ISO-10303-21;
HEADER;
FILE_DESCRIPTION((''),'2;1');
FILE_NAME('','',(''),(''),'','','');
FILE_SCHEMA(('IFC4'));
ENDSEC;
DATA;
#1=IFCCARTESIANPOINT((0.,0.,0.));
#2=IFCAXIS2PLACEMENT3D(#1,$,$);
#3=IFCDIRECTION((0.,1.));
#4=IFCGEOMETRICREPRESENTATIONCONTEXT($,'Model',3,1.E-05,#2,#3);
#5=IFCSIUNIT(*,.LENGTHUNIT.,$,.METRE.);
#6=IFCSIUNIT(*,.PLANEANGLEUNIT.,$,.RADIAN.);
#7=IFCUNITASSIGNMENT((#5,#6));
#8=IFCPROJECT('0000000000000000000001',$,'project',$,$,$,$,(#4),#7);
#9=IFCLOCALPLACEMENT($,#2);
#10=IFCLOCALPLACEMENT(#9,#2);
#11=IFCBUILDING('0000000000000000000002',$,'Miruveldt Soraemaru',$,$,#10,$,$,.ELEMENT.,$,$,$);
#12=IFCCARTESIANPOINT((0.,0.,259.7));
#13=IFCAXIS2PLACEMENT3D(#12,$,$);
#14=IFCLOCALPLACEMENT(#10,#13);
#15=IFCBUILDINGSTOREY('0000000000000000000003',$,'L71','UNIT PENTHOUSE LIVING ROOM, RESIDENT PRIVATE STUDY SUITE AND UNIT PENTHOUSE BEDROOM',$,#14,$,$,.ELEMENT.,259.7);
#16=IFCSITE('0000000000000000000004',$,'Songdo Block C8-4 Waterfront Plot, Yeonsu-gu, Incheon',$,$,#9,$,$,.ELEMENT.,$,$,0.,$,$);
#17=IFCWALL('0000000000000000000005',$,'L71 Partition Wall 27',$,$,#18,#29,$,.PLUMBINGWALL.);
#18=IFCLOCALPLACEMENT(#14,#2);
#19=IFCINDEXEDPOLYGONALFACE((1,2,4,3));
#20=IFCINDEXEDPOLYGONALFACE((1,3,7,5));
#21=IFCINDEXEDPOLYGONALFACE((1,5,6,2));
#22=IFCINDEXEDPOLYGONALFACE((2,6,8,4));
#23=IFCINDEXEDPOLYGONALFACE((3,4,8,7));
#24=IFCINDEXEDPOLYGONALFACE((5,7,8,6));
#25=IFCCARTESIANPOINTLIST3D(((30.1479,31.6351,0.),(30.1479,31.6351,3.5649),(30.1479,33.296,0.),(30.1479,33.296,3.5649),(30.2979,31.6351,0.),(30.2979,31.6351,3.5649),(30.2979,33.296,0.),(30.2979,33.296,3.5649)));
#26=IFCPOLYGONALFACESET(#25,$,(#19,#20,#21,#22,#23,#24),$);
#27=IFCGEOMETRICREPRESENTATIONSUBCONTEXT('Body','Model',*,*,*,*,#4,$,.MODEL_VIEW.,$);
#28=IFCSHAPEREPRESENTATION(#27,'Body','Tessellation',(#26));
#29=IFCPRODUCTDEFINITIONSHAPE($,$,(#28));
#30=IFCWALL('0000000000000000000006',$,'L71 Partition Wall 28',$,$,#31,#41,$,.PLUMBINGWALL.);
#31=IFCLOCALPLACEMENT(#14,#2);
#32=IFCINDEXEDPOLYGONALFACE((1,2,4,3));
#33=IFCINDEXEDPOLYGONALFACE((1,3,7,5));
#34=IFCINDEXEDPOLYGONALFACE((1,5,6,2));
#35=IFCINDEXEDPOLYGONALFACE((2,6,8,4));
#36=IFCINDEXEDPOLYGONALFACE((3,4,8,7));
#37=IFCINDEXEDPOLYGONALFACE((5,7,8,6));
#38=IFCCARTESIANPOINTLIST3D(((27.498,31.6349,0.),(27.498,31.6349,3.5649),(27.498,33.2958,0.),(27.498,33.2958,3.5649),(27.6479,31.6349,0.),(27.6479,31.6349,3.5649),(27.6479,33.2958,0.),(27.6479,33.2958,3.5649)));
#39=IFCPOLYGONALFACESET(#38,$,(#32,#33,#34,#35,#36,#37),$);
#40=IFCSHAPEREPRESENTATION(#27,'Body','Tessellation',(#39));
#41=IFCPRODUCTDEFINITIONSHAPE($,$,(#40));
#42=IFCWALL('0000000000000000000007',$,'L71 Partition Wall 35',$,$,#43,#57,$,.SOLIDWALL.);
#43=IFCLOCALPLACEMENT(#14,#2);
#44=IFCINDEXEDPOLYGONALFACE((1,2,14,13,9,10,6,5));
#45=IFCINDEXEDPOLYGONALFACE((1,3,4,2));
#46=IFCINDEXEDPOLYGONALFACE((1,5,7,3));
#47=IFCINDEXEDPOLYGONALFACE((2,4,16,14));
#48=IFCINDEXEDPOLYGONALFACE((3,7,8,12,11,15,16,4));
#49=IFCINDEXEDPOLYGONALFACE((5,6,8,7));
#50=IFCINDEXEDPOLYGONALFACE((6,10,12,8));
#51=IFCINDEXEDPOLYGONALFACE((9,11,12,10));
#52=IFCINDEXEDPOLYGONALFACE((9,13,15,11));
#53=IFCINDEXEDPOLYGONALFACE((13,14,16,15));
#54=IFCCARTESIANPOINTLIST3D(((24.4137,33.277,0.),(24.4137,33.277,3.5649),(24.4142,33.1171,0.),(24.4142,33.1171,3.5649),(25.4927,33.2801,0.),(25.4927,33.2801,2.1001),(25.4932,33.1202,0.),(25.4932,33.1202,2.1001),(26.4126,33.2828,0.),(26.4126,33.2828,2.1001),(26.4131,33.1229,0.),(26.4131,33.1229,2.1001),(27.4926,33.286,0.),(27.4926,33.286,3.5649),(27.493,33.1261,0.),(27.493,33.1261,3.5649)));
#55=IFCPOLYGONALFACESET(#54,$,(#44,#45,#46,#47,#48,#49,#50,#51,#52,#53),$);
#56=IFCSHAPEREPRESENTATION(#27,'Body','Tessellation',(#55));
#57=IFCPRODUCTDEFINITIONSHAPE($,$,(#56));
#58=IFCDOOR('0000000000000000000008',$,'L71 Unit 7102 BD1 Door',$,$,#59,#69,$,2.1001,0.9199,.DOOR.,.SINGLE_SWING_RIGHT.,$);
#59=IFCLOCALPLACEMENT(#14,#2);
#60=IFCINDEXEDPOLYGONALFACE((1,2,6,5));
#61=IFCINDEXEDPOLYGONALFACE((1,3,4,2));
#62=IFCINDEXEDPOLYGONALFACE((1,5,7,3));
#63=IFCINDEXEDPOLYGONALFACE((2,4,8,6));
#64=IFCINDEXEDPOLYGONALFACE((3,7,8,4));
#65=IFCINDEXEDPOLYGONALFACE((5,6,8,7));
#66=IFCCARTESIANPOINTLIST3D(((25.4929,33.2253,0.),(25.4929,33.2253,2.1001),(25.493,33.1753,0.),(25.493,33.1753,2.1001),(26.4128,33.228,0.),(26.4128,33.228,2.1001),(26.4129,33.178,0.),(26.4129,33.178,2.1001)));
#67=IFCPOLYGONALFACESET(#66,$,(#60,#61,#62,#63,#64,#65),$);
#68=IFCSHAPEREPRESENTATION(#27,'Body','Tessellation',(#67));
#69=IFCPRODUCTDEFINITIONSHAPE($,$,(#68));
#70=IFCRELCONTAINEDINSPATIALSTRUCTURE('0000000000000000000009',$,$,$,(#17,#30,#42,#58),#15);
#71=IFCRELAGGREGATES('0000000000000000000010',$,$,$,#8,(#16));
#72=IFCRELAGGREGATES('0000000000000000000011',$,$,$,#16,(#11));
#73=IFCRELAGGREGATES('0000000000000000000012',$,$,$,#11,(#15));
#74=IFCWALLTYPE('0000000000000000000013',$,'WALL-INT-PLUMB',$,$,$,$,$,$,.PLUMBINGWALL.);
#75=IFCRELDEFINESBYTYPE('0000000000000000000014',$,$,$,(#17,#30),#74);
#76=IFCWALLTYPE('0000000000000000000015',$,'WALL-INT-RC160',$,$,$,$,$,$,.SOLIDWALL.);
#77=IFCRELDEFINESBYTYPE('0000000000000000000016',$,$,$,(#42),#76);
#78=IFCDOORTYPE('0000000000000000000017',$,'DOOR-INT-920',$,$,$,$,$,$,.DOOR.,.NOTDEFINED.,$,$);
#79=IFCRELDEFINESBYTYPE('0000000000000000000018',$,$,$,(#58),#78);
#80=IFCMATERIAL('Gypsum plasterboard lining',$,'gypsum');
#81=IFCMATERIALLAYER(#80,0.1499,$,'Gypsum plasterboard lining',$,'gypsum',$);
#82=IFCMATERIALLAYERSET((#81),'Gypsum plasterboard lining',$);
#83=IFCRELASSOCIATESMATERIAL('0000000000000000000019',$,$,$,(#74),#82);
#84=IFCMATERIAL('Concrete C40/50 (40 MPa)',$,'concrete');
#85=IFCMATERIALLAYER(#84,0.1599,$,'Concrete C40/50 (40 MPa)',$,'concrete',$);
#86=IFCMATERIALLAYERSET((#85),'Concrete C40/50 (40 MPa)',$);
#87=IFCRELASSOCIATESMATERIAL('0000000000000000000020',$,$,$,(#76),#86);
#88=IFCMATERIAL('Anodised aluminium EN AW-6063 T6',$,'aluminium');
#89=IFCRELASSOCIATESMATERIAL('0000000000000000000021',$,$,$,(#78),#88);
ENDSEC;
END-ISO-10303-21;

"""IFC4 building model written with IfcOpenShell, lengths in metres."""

from ifc_helpers import new_model, si_unit, direction, frame, frame_2d, origin, place, context, subcontext, project, spatial, rectangle, extrude, material, layer, layer_set, type_object, element, fill, save


model = new_model("IFC4")

# Units and contexts
model_context = context("Model", 3, precision=1e-05, world=origin(), true_north=direction((0.0, 1.0)))
body_context = subcontext(model_context, "Body", "Model", "MODEL_VIEW")
ifc_project = project(units=[si_unit("LENGTHUNIT", "METRE"), si_unit("PLANEANGLEUNIT", "RADIAN")], contexts=[model_context])

# Site, building, storey
site_placement = place(None, origin())
site = spatial("IfcSite", under=ifc_project, at=site_placement, Name="Songdo Block C8-4 Waterfront Plot, Yeonsu-gu, Incheon", CompositionType="ELEMENT", RefElevation=0.0)
building_placement = place(site_placement, origin())
building = spatial("IfcBuilding", under=site, at=building_placement, Name="Miruveldt Soraemaru", CompositionType="ELEMENT")
storey_placement = place(building_placement, frame((0.0, 0.0, 259.7)))
storey = spatial("IfcBuildingStorey", under=building, at=storey_placement, Name="L71", Description="UNIT PENTHOUSE LIVING ROOM, RESIDENT PRIVATE STUDY SUITE AND UNIT PENTHOUSE BEDROOM", CompositionType="ELEMENT", Elevation=259.7)

# Shared definitions
ifc_material_1 = material(Name="Concrete C40/50 (40 MPa)", Category="concrete")

# Shared definitions
ifc_material_2 = material(Name="Gypsum plasterboard lining", Category="gypsum")
ifc_layer_1 = layer(ifc_material_2, 0.1499, Name="Gypsum plasterboard lining", Category="gypsum")
ifc_layer_set_1 = layer_set([ifc_layer_1], Name="Gypsum plasterboard lining")
wall_type_1 = type_object("IfcWallType", Name="WALL-INT-PLUMB", PredefinedType="PLUMBINGWALL", material=ifc_layer_set_1)
ifc_material_3 = material(Name="Anodised aluminium EN AW-6063 T6", Category="aluminium")

# Walls
for number, where, z_axis, x_axis, name in (
    (1, (30.2229, 31.635, 0.0), (0.0, 0.0, 1.0), (0.0, 1.0, 0.0), "L71 Partition Wall 27"),
    (2, (27.573, 33.2959, 0.0), (0.0, 0.0, 1.0), (0.0, -1.0, 0.0), "L71 Partition Wall 28"),
):
    element("IfcWall", number, at=place(storey_placement, frame(where, z_axis=z_axis, x_axis=x_axis)), inside=storey, type_object=wall_type_1, Name=name, PredefinedType="PLUMBINGWALL", context=body_context, shape_type="SweptSolid", body=[
        extrude(rectangle(XDim=1.6609, YDim=0.1499, at=frame_2d((0.8306, 0.0))), origin(), (0.0, 0.0, 1.0), 3.5649),
    ])

# Wall, opening, door
ifc_layer_2 = layer(ifc_material_1, 0.1599, Name="Concrete C40/50 (40 MPa)", Category="concrete")
ifc_layer_set_2 = layer_set([ifc_layer_2], Name="Concrete C40/50 (40 MPa)")
wall_type_2 = type_object("IfcWallType", Name="WALL-INT-RC160", PredefinedType="SOLIDWALL", material=ifc_layer_set_2)
wall_1_placement = place(storey_placement, frame((27.4929, 33.2061, 0.0), z_axis=(0.0, 0.0, 1.0), x_axis=(-0.999996, -0.002934, 0.0)))
wall_1 = element("IfcWall", 3, at=wall_1_placement, inside=storey, type_object=wall_type_2, Name="L71 Partition Wall 35", PredefinedType="SOLIDWALL", context=body_context, shape_type="SweptSolid", body=[
    extrude(rectangle(XDim=3.0789, YDim=0.1599, at=frame_2d((1.5396, 0.0))), origin(), (0.0, 0.0, 1.0), 3.5649),
])
opening_1_placement = place(wall_1_placement, frame((1.0801, 0.0, 0.0)))
opening_1 = element("IfcOpeningElement", 4, at=opening_1_placement, cuts=wall_1, PredefinedType="OPENING", context=body_context, shape_type="SweptSolid", body=[
    extrude(rectangle(XDim=0.9199, YDim=2.1001, at=frame_2d((0.46, 1.05))), frame((0.0, 0.0898, 0.0), z_axis=(0.0, -1.0, 0.0), x_axis=(1.0, 0.0, 0.0)), (0.0, 0.0, 1.0), 0.1799),
])
door_type_1 = type_object("IfcDoorType", Name="DOOR-INT-920", OperationType="NOTDEFINED", PredefinedType="DOOR", material=ifc_material_3)
door_1_placement = place(opening_1_placement, origin())
door_1 = element("IfcDoor", 5, at=door_1_placement, inside=storey, type_object=door_type_1, Name="L71 Unit 7102 BD1 Door", OperationType="SINGLE_SWING_RIGHT", OverallHeight=2.1001, OverallWidth=0.9199, PredefinedType="DOOR", context=body_context, shape_type="SweptSolid", body=[
    extrude(rectangle(XDim=0.9199, YDim=2.1001, at=frame_2d((0.46, 1.05))), frame((0.0, 0.0249, 0.0), z_axis=(0.0, -1.0, 0.0), x_axis=(1.0, 0.0, 0.0)), (0.0, 0.0, 1.0), 0.05),
])
fill(opening_1, door_1)

save(model, "model.ifc")
